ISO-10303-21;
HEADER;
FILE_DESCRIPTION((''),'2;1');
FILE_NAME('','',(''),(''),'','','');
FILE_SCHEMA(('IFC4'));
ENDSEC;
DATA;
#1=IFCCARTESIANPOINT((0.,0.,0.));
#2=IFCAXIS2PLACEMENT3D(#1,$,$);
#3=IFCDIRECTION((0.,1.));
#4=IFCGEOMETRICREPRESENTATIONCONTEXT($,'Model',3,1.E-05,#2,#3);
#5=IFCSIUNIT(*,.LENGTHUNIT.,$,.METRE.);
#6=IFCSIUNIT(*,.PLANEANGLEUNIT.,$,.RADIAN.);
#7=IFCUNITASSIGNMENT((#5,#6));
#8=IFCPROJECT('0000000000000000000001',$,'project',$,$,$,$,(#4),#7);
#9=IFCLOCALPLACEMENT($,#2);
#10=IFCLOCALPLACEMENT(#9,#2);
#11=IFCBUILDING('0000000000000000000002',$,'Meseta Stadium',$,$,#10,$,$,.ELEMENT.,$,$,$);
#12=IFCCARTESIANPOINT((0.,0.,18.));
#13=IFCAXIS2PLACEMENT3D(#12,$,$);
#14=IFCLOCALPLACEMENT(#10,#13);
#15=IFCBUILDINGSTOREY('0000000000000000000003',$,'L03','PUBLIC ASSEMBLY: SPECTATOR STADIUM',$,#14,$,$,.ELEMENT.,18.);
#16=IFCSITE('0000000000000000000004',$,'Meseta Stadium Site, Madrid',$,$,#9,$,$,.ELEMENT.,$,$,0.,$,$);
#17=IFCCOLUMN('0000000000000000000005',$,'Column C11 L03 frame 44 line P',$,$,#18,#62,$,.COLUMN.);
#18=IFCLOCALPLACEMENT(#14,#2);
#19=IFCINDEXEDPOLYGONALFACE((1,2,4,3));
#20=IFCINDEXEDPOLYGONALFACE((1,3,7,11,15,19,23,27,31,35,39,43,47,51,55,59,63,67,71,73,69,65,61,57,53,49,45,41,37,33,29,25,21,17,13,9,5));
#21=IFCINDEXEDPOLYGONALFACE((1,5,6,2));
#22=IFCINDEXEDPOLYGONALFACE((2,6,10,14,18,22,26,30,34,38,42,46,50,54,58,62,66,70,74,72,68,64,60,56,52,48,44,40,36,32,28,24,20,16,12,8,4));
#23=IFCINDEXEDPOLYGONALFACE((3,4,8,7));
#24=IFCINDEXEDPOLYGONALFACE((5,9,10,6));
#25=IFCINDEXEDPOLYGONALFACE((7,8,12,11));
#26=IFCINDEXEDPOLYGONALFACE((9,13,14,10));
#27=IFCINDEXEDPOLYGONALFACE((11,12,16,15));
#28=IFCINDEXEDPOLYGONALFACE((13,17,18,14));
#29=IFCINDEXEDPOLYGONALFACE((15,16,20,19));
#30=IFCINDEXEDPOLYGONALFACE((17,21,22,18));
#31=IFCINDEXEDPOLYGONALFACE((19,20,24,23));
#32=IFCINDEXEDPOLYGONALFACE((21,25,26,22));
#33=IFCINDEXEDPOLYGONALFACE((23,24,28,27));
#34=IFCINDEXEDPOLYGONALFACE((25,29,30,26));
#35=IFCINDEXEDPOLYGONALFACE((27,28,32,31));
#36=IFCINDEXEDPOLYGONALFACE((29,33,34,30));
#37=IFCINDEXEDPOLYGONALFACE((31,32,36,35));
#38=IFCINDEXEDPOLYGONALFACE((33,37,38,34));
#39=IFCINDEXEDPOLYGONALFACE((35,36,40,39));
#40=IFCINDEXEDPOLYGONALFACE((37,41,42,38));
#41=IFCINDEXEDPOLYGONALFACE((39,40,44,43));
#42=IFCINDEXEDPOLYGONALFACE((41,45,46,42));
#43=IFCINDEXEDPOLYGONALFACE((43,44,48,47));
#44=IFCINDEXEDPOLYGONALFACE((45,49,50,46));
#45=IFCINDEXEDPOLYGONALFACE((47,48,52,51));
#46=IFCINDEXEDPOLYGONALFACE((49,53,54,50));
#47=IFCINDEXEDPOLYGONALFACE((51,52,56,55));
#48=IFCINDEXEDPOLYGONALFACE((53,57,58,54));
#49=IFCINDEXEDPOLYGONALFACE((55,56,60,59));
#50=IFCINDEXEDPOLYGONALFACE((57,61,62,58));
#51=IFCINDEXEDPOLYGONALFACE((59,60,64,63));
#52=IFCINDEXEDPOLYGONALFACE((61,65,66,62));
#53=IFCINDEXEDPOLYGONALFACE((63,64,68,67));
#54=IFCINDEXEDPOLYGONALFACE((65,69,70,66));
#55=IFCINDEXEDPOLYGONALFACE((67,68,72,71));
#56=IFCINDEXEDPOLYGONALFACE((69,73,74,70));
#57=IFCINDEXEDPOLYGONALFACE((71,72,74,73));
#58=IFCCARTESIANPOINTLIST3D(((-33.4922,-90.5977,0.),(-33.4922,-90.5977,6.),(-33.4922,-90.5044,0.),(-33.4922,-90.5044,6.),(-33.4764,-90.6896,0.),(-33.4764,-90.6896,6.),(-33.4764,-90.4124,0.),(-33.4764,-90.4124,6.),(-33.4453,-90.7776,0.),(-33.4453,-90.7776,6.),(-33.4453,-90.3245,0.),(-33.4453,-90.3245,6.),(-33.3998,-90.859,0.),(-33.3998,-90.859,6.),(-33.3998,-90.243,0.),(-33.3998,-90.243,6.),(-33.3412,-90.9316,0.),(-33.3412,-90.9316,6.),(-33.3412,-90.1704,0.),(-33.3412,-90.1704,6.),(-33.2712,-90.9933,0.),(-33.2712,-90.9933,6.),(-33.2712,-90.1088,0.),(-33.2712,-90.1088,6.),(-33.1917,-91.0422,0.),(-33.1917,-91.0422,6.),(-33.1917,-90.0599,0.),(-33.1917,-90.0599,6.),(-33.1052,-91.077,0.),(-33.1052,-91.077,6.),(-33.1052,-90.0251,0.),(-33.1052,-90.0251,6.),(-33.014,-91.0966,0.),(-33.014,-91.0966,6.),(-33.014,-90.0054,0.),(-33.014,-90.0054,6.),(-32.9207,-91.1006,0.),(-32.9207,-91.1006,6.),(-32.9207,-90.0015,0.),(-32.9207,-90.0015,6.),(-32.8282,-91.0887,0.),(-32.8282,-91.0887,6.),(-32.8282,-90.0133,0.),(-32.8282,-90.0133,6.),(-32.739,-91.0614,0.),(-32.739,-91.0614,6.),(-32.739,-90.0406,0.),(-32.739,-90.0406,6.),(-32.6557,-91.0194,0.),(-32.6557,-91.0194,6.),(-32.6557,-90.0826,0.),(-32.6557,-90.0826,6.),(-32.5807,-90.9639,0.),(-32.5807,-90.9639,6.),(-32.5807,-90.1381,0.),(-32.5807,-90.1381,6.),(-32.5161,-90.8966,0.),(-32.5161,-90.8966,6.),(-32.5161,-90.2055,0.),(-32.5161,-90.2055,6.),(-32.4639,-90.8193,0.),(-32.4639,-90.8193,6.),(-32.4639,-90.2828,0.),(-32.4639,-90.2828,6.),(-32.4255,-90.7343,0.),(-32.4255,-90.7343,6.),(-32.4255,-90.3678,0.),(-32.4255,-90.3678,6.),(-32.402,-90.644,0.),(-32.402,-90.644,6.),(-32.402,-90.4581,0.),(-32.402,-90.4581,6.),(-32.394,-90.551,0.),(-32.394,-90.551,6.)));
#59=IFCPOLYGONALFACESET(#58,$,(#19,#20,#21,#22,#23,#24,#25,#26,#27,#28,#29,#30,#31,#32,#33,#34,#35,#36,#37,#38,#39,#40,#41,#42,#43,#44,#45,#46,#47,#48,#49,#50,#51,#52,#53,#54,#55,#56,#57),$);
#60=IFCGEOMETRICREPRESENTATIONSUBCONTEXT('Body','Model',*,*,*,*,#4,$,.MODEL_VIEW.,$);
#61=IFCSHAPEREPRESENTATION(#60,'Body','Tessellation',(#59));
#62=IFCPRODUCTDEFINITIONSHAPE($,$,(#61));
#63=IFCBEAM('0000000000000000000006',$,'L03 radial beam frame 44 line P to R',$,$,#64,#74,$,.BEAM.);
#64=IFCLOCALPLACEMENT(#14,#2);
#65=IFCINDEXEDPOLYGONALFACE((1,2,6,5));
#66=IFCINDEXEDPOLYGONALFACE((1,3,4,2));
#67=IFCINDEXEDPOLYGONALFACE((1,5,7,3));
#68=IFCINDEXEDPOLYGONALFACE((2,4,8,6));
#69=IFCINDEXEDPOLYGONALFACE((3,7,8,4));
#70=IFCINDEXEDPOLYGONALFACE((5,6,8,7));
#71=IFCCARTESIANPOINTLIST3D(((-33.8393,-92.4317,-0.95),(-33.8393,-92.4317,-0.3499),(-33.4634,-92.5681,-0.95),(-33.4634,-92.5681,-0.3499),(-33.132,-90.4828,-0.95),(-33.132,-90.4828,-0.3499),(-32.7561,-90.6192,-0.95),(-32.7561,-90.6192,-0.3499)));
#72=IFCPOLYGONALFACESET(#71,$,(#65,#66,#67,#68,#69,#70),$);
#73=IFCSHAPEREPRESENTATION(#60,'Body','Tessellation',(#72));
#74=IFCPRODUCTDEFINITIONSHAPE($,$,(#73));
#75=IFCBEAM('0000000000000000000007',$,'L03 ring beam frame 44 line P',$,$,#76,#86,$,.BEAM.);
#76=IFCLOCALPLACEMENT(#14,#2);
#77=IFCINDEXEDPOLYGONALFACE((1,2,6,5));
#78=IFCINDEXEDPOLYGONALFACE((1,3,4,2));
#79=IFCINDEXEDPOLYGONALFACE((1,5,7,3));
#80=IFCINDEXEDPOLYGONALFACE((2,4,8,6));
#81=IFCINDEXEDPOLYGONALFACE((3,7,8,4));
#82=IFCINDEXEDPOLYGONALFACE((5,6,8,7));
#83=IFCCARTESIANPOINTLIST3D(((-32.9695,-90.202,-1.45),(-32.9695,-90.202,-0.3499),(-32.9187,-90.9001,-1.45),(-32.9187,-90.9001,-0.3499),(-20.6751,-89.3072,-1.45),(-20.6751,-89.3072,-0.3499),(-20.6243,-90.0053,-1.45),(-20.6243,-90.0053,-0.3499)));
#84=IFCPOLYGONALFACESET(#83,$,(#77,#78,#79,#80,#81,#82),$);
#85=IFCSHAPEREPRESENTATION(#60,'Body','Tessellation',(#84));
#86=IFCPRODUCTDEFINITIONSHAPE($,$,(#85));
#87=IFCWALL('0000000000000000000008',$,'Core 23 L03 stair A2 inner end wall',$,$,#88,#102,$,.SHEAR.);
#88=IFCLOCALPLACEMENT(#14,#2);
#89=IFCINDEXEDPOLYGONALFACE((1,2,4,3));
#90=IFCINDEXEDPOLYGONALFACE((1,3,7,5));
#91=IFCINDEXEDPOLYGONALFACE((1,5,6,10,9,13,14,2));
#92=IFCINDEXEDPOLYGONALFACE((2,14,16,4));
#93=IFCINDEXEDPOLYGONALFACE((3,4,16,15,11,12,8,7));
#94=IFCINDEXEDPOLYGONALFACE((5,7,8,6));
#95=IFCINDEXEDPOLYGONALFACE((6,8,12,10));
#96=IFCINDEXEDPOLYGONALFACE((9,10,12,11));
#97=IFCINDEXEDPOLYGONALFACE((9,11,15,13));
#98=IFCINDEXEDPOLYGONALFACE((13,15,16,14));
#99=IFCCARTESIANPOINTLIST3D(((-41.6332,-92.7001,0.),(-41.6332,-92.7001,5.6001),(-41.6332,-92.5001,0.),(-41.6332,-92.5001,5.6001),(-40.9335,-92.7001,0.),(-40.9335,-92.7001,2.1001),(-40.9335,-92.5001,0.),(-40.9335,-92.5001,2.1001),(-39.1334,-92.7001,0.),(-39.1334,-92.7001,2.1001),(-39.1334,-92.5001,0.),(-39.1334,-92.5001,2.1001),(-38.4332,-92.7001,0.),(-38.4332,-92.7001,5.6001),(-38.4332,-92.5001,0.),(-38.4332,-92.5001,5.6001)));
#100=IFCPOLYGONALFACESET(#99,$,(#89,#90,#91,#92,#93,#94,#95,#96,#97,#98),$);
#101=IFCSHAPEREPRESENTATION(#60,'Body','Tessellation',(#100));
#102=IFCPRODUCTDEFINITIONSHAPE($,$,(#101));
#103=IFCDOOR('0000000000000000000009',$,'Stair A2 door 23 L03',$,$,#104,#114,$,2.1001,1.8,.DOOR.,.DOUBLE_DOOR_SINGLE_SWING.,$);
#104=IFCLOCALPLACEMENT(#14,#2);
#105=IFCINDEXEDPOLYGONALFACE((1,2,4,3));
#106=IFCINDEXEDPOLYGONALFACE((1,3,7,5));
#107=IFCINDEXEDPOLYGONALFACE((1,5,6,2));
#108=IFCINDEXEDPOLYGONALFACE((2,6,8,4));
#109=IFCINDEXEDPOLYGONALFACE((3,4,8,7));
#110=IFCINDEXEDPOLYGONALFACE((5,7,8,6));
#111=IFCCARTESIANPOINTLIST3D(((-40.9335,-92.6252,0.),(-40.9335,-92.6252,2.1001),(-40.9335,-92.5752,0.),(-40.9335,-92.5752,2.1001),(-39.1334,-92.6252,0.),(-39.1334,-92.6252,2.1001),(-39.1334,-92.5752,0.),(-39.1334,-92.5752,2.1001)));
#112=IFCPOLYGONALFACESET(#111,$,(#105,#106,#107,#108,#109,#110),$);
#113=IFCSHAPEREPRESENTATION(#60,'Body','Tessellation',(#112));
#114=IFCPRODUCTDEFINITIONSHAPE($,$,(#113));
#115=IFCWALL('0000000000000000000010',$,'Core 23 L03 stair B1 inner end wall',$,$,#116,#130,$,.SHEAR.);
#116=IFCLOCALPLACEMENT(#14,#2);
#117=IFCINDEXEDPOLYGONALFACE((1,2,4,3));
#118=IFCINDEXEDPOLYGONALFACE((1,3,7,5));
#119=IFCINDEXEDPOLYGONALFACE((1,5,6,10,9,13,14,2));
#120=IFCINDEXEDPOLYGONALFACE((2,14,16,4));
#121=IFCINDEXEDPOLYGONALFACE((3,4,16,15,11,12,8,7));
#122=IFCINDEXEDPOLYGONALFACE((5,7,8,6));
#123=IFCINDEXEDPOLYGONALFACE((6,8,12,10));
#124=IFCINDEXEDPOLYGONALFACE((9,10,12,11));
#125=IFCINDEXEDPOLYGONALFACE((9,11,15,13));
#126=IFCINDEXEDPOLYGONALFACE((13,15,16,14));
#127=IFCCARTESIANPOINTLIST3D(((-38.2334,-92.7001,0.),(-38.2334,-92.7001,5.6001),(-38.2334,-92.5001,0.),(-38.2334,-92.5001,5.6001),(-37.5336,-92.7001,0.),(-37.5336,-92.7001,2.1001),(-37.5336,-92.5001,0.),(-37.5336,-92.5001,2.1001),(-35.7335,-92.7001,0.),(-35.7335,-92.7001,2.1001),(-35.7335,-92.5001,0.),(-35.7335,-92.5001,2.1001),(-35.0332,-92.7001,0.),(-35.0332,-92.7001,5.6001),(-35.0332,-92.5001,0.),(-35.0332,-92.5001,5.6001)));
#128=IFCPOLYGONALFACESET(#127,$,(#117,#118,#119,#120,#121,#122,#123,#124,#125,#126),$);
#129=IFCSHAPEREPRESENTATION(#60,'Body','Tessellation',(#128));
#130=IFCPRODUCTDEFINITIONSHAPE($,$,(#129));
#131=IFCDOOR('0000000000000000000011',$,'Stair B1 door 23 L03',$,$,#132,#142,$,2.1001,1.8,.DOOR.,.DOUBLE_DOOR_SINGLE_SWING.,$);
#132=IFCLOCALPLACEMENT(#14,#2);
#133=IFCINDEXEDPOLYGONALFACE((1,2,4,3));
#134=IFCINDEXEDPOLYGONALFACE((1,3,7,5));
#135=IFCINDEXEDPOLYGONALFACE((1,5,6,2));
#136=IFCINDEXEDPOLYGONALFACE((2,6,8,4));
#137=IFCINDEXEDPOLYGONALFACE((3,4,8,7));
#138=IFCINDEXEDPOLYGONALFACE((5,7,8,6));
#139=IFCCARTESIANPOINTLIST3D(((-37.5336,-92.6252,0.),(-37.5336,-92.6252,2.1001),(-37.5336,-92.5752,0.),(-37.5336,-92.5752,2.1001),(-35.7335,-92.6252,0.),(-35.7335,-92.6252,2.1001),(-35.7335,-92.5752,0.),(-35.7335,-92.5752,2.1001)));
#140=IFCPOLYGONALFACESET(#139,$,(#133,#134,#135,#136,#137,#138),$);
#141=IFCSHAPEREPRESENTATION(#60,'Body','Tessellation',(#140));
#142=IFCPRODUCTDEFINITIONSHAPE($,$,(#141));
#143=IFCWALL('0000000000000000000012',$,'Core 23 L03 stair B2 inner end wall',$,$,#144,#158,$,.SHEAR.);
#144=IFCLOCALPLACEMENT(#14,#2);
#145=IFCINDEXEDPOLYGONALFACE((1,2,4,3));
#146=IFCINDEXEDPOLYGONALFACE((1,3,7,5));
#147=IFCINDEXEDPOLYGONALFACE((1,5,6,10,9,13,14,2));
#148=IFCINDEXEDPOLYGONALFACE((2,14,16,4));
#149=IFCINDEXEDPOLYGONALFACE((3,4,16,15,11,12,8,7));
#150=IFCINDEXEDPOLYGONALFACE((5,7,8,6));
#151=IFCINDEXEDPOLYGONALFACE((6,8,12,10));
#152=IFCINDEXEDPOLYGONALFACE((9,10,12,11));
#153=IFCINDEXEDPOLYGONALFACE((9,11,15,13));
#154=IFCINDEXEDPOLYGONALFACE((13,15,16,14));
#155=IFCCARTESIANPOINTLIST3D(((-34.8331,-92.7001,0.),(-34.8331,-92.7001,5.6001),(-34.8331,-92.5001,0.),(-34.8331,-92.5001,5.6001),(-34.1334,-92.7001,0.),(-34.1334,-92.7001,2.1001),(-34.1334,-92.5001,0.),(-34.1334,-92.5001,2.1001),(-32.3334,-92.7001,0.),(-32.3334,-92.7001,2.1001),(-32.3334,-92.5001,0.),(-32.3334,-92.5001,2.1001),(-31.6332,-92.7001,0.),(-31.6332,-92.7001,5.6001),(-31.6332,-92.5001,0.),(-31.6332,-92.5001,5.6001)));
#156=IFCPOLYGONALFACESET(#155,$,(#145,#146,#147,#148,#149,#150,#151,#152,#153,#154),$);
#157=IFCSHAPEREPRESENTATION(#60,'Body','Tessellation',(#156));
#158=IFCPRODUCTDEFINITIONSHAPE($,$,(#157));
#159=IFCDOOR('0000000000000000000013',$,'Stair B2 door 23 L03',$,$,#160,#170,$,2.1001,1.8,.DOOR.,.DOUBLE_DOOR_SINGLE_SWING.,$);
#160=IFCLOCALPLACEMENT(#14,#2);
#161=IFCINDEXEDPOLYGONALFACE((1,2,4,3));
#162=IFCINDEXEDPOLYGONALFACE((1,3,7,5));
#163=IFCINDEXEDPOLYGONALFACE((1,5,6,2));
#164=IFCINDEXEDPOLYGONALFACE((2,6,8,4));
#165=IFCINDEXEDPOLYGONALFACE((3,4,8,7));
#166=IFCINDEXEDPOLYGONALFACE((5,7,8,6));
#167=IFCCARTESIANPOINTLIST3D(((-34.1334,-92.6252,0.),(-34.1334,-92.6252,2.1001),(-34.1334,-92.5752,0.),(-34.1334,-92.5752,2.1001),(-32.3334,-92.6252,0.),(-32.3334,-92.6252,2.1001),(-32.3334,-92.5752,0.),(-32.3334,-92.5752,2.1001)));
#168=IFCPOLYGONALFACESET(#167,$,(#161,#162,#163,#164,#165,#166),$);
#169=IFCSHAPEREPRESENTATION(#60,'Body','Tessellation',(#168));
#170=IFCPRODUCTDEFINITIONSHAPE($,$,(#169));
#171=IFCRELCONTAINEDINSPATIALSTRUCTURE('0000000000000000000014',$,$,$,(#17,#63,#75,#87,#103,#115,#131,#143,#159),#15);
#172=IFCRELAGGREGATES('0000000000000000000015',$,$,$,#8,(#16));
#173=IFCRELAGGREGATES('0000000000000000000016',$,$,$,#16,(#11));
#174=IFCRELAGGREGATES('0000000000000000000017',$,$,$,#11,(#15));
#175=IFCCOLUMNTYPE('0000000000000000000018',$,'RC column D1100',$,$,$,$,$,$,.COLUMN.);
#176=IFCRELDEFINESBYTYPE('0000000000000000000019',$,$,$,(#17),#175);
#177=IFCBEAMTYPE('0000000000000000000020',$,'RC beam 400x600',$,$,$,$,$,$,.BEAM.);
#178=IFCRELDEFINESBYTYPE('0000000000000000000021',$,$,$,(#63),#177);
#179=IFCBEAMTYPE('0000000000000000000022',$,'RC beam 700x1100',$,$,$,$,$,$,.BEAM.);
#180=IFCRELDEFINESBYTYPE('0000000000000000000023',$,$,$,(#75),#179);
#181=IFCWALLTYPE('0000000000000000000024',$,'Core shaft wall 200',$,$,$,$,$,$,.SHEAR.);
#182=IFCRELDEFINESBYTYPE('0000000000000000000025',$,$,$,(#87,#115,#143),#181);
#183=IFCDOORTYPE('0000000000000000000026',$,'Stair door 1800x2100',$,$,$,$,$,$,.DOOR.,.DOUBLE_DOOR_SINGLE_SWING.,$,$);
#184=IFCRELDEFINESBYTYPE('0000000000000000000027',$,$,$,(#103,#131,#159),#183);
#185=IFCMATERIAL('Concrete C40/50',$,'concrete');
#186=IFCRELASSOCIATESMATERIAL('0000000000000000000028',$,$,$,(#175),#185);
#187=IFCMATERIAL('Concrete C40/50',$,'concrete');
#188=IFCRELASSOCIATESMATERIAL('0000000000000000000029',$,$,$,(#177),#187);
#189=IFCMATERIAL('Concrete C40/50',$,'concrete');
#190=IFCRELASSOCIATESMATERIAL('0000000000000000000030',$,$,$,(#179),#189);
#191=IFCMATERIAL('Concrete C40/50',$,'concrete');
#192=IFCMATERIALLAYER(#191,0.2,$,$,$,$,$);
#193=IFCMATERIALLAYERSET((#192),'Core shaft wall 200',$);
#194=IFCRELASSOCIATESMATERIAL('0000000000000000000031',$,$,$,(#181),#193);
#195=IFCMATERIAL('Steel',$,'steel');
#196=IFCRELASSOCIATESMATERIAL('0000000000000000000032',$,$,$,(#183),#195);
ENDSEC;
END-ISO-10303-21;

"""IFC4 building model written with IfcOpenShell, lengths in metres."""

from ifc_helpers import new_model, si_unit, direction, frame, frame_2d, origin, origin_2d, place, context, subcontext, project, spatial, rectangle, circle, extrude, material, layer, layer_set, material_profile, profile_set, type_object, element, fill, save


model = new_model("IFC4")

# Units and contexts
model_context = context("Model", 3, precision=1e-05, world=origin(), true_north=direction((0.0, 1.0)))
body_context = subcontext(model_context, "Body", "Model", "MODEL_VIEW")
ifc_project = project(units=[si_unit("LENGTHUNIT", "METRE"), si_unit("PLANEANGLEUNIT", "RADIAN")], contexts=[model_context])

# Site, building, storey
site_placement = place(None, origin())
site = spatial("IfcSite", under=ifc_project, at=site_placement, Name="Meseta Stadium Site, Madrid", CompositionType="ELEMENT", RefElevation=0.0)
building_placement = place(site_placement, origin())
building = spatial("IfcBuilding", under=site, at=building_placement, Name="Meseta Stadium", CompositionType="ELEMENT")
storey_placement = place(building_placement, frame((0.0, 0.0, 18.0)))
storey = spatial("IfcBuildingStorey", under=building, at=storey_placement, Name="L03", Description="PUBLIC ASSEMBLY: SPECTATOR STADIUM", CompositionType="ELEMENT", Elevation=18.0)

# Column
ifc_material_1 = material(Name="Concrete C40/50", Category="concrete")
ifc_material_profile_1 = material_profile(ifc_material_1, circle(Radius=0.55, at=origin_2d()), Name="RC D1100")
ifc_profile_set_1 = profile_set([ifc_material_profile_1], Name="Concrete C40/50")
column_type = type_object("IfcColumnType", Name="RC column D1100", PredefinedType="COLUMN", material=ifc_profile_set_1)
column_placement = place(storey_placement, frame((-32.9441, -90.551, 0.0), z_axis=(0.0, 0.0, 1.0), x_axis=(1.0, 0.0, 0.0)))
element("IfcColumn", 1, at=column_placement, inside=storey, type_object=column_type, Name="Column C11 L03 frame 44 line P", PredefinedType="COLUMN", context=body_context, shape_type="SweptSolid", body=[
    extrude(circle(Radius=0.55, at=origin_2d()), origin(), (0.0, 0.0, 1.0), 6.0),
])

# Beams
ifc_material_2 = material(Name="Concrete C40/50", Category="concrete")
ifc_material_profile_2 = material_profile(ifc_material_2, rectangle(XDim=0.3999, YDim=0.6001, at=origin_2d()), Name="RC 400x600")
ifc_profile_set_2 = profile_set([ifc_material_profile_2], Name="Concrete C40/50")
beam_type_1 = type_object("IfcBeamType", Name="RC beam 400x600", PredefinedType="BEAM", material=ifc_profile_set_2)
beam_1_placement = place(storey_placement, frame((-32.9441, -90.551, -0.6499), z_axis=(-0.341128, -0.940017, 0.0), x_axis=(0.940017, -0.341128, 0.0)))
element("IfcBeam", 2, at=beam_1_placement, inside=storey, type_object=beam_type_1, Name="L03 radial beam frame 44 line P to R", PredefinedType="BEAM", context=body_context, shape_type="SweptSolid", body=[
    extrude(rectangle(XDim=0.3999, YDim=0.6001, at=origin_2d()), origin(), (0.0, 0.0, 1.0), 2.0732),
])
ifc_material_3 = material(Name="Concrete C40/50", Category="concrete")
ifc_material_profile_3 = material_profile(ifc_material_3, rectangle(XDim=0.7, YDim=1.1001, at=origin_2d()), Name="RC 700x1100")
ifc_profile_set_3 = profile_set([ifc_material_profile_3], Name="Concrete C40/50")
beam_type_2 = type_object("IfcBeamType", Name="RC beam 700x1100", PredefinedType="BEAM", material=ifc_profile_set_3)
beam_2_placement = place(storey_placement, frame((-32.9441, -90.551, -0.8999), z_axis=(0.997362, 0.072587, 0.0), x_axis=(-0.072587, 0.997362, 0.0)))
element("IfcBeam", 3, at=beam_2_placement, inside=storey, type_object=beam_type_2, Name="L03 ring beam frame 44 line P", PredefinedType="BEAM", context=body_context, shape_type="SweptSolid", body=[
    extrude(rectangle(XDim=0.7, YDim=1.1001, at=origin_2d()), origin(), (0.0, 0.0, 1.0), 12.3269),
])

# Walls, openings, doors
ifc_material_4 = material(Name="Concrete C40/50", Category="concrete")
ifc_layer_1 = layer(ifc_material_4, 0.2)
ifc_layer_set_1 = layer_set([ifc_layer_1], Name="Core shaft wall 200")
wall_type_1 = type_object("IfcWallType", Name="Core shaft wall 200", PredefinedType="SHEAR", material=ifc_layer_set_1)
wall_1_placement = place(storey_placement, frame((-41.6333, -92.6001, 0.0), z_axis=(0.0, 0.0, 1.0), x_axis=(1.0, 0.0, 0.0)))
wall_1 = element("IfcWall", 4, at=wall_1_placement, inside=storey, type_object=wall_type_1, Name="Core 23 L03 stair A2 inner end wall", PredefinedType="SHEAR", context=body_context, shape_type="SweptSolid", body=[
    extrude(rectangle(XDim=3.2, YDim=0.2, at=frame_2d((1.6001, 0.0))), origin(), (0.0, 0.0, 1.0), 5.6001),
])
opening_1_placement = place(wall_1_placement, frame((0.7, 0.0, 0.0)))
opening_1 = element("IfcOpeningElement", 5, at=opening_1_placement, cuts=wall_1, PredefinedType="OPENING", context=body_context, shape_type="SweptSolid", body=[
    extrude(rectangle(XDim=1.8, YDim=2.1001, at=frame_2d((0.8999, 1.05))), frame((0.0, 0.1099, 0.0), z_axis=(0.0, -1.0, 0.0), x_axis=(1.0, 0.0, 0.0)), (0.0, 0.0, 1.0), 0.22),
])
ifc_material_5 = material(Name="Steel", Category="steel")
door_type = type_object("IfcDoorType", Name="Stair door 1800x2100", OperationType="DOUBLE_DOOR_SINGLE_SWING", PredefinedType="DOOR", material=ifc_material_5)
door_1_placement = place(opening_1_placement, origin())
door_1 = element("IfcDoor", 6, at=door_1_placement, inside=storey, type_object=door_type, Name="Stair A2 door 23 L03", OperationType="DOUBLE_DOOR_SINGLE_SWING", OverallHeight=2.1001, OverallWidth=1.8, PredefinedType="DOOR", context=body_context, shape_type="SweptSolid", body=[
    extrude(rectangle(XDim=1.8, YDim=2.1001, at=frame_2d((0.8999, 1.05))), frame((0.0, 0.0249, 0.0), z_axis=(0.0, -1.0, 0.0), x_axis=(1.0, 0.0, 0.0)), (0.0, 0.0, 1.0), 0.05),
])
fill(opening_1, door_1)
wall_2_placement = place(storey_placement, frame((-38.2334, -92.6001, 0.0), z_axis=(0.0, 0.0, 1.0), x_axis=(1.0, 0.0, 0.0)))
wall_2 = element("IfcWall", 7, at=wall_2_placement, inside=storey, type_object=wall_type_1, Name="Core 23 L03 stair B1 inner end wall", PredefinedType="SHEAR", context=body_context, shape_type="SweptSolid", body=[
    extrude(rectangle(XDim=3.2002, YDim=0.2, at=frame_2d((1.6001, 0.0))), origin(), (0.0, 0.0, 1.0), 5.6001),
])
opening_2_placement = place(wall_2_placement, frame((0.7, 0.0, 0.0)))
opening_2 = element("IfcOpeningElement", 8, at=opening_2_placement, cuts=wall_2, PredefinedType="OPENING", context=body_context, shape_type="SweptSolid", body=[
    extrude(rectangle(XDim=1.8, YDim=2.1001, at=frame_2d((0.8999, 1.05))), frame((0.0, 0.1099, 0.0), z_axis=(0.0, -1.0, 0.0), x_axis=(1.0, 0.0, 0.0)), (0.0, 0.0, 1.0), 0.22),
])
door_2_placement = place(opening_2_placement, origin())
door_2 = element("IfcDoor", 9, at=door_2_placement, inside=storey, type_object=door_type, Name="Stair B1 door 23 L03", OperationType="DOUBLE_DOOR_SINGLE_SWING", OverallHeight=2.1001, OverallWidth=1.8, PredefinedType="DOOR", context=body_context, shape_type="SweptSolid", body=[
    extrude(rectangle(XDim=1.8, YDim=2.1001, at=frame_2d((0.8999, 1.05))), frame((0.0, 0.0249, 0.0), z_axis=(0.0, -1.0, 0.0), x_axis=(1.0, 0.0, 0.0)), (0.0, 0.0, 1.0), 0.05),
])
fill(opening_2, door_2)
wall_3_placement = place(storey_placement, frame((-34.8333, -92.6001, 0.0), z_axis=(0.0, 0.0, 1.0), x_axis=(1.0, 0.0, 0.0)))
wall_3 = element("IfcWall", 10, at=wall_3_placement, inside=storey, type_object=wall_type_1, Name="Core 23 L03 stair B2 inner end wall", PredefinedType="SHEAR", context=body_context, shape_type="SweptSolid", body=[
    extrude(rectangle(XDim=3.2, YDim=0.2, at=frame_2d((1.6001, 0.0))), origin(), (0.0, 0.0, 1.0), 5.6001),
])
opening_3_placement = place(wall_3_placement, frame((0.7, 0.0, 0.0)))
opening_3 = element("IfcOpeningElement", 11, at=opening_3_placement, cuts=wall_3, PredefinedType="OPENING", context=body_context, shape_type="SweptSolid", body=[
    extrude(rectangle(XDim=1.8, YDim=2.1001, at=frame_2d((0.8999, 1.05))), frame((0.0, 0.1099, 0.0), z_axis=(0.0, -1.0, 0.0), x_axis=(1.0, 0.0, 0.0)), (0.0, 0.0, 1.0), 0.22),
])
door_3_placement = place(opening_3_placement, origin())
door_3 = element("IfcDoor", 12, at=door_3_placement, inside=storey, type_object=door_type, Name="Stair B2 door 23 L03", OperationType="DOUBLE_DOOR_SINGLE_SWING", OverallHeight=2.1001, OverallWidth=1.8, PredefinedType="DOOR", context=body_context, shape_type="SweptSolid", body=[
    extrude(rectangle(XDim=1.8, YDim=2.1001, at=frame_2d((0.8999, 1.05))), frame((0.0, 0.0249, 0.0), z_axis=(0.0, -1.0, 0.0), x_axis=(1.0, 0.0, 0.0)), (0.0, 0.0, 1.0), 0.05),
])
fill(opening_3, door_3)

save(model, "model.ifc")
